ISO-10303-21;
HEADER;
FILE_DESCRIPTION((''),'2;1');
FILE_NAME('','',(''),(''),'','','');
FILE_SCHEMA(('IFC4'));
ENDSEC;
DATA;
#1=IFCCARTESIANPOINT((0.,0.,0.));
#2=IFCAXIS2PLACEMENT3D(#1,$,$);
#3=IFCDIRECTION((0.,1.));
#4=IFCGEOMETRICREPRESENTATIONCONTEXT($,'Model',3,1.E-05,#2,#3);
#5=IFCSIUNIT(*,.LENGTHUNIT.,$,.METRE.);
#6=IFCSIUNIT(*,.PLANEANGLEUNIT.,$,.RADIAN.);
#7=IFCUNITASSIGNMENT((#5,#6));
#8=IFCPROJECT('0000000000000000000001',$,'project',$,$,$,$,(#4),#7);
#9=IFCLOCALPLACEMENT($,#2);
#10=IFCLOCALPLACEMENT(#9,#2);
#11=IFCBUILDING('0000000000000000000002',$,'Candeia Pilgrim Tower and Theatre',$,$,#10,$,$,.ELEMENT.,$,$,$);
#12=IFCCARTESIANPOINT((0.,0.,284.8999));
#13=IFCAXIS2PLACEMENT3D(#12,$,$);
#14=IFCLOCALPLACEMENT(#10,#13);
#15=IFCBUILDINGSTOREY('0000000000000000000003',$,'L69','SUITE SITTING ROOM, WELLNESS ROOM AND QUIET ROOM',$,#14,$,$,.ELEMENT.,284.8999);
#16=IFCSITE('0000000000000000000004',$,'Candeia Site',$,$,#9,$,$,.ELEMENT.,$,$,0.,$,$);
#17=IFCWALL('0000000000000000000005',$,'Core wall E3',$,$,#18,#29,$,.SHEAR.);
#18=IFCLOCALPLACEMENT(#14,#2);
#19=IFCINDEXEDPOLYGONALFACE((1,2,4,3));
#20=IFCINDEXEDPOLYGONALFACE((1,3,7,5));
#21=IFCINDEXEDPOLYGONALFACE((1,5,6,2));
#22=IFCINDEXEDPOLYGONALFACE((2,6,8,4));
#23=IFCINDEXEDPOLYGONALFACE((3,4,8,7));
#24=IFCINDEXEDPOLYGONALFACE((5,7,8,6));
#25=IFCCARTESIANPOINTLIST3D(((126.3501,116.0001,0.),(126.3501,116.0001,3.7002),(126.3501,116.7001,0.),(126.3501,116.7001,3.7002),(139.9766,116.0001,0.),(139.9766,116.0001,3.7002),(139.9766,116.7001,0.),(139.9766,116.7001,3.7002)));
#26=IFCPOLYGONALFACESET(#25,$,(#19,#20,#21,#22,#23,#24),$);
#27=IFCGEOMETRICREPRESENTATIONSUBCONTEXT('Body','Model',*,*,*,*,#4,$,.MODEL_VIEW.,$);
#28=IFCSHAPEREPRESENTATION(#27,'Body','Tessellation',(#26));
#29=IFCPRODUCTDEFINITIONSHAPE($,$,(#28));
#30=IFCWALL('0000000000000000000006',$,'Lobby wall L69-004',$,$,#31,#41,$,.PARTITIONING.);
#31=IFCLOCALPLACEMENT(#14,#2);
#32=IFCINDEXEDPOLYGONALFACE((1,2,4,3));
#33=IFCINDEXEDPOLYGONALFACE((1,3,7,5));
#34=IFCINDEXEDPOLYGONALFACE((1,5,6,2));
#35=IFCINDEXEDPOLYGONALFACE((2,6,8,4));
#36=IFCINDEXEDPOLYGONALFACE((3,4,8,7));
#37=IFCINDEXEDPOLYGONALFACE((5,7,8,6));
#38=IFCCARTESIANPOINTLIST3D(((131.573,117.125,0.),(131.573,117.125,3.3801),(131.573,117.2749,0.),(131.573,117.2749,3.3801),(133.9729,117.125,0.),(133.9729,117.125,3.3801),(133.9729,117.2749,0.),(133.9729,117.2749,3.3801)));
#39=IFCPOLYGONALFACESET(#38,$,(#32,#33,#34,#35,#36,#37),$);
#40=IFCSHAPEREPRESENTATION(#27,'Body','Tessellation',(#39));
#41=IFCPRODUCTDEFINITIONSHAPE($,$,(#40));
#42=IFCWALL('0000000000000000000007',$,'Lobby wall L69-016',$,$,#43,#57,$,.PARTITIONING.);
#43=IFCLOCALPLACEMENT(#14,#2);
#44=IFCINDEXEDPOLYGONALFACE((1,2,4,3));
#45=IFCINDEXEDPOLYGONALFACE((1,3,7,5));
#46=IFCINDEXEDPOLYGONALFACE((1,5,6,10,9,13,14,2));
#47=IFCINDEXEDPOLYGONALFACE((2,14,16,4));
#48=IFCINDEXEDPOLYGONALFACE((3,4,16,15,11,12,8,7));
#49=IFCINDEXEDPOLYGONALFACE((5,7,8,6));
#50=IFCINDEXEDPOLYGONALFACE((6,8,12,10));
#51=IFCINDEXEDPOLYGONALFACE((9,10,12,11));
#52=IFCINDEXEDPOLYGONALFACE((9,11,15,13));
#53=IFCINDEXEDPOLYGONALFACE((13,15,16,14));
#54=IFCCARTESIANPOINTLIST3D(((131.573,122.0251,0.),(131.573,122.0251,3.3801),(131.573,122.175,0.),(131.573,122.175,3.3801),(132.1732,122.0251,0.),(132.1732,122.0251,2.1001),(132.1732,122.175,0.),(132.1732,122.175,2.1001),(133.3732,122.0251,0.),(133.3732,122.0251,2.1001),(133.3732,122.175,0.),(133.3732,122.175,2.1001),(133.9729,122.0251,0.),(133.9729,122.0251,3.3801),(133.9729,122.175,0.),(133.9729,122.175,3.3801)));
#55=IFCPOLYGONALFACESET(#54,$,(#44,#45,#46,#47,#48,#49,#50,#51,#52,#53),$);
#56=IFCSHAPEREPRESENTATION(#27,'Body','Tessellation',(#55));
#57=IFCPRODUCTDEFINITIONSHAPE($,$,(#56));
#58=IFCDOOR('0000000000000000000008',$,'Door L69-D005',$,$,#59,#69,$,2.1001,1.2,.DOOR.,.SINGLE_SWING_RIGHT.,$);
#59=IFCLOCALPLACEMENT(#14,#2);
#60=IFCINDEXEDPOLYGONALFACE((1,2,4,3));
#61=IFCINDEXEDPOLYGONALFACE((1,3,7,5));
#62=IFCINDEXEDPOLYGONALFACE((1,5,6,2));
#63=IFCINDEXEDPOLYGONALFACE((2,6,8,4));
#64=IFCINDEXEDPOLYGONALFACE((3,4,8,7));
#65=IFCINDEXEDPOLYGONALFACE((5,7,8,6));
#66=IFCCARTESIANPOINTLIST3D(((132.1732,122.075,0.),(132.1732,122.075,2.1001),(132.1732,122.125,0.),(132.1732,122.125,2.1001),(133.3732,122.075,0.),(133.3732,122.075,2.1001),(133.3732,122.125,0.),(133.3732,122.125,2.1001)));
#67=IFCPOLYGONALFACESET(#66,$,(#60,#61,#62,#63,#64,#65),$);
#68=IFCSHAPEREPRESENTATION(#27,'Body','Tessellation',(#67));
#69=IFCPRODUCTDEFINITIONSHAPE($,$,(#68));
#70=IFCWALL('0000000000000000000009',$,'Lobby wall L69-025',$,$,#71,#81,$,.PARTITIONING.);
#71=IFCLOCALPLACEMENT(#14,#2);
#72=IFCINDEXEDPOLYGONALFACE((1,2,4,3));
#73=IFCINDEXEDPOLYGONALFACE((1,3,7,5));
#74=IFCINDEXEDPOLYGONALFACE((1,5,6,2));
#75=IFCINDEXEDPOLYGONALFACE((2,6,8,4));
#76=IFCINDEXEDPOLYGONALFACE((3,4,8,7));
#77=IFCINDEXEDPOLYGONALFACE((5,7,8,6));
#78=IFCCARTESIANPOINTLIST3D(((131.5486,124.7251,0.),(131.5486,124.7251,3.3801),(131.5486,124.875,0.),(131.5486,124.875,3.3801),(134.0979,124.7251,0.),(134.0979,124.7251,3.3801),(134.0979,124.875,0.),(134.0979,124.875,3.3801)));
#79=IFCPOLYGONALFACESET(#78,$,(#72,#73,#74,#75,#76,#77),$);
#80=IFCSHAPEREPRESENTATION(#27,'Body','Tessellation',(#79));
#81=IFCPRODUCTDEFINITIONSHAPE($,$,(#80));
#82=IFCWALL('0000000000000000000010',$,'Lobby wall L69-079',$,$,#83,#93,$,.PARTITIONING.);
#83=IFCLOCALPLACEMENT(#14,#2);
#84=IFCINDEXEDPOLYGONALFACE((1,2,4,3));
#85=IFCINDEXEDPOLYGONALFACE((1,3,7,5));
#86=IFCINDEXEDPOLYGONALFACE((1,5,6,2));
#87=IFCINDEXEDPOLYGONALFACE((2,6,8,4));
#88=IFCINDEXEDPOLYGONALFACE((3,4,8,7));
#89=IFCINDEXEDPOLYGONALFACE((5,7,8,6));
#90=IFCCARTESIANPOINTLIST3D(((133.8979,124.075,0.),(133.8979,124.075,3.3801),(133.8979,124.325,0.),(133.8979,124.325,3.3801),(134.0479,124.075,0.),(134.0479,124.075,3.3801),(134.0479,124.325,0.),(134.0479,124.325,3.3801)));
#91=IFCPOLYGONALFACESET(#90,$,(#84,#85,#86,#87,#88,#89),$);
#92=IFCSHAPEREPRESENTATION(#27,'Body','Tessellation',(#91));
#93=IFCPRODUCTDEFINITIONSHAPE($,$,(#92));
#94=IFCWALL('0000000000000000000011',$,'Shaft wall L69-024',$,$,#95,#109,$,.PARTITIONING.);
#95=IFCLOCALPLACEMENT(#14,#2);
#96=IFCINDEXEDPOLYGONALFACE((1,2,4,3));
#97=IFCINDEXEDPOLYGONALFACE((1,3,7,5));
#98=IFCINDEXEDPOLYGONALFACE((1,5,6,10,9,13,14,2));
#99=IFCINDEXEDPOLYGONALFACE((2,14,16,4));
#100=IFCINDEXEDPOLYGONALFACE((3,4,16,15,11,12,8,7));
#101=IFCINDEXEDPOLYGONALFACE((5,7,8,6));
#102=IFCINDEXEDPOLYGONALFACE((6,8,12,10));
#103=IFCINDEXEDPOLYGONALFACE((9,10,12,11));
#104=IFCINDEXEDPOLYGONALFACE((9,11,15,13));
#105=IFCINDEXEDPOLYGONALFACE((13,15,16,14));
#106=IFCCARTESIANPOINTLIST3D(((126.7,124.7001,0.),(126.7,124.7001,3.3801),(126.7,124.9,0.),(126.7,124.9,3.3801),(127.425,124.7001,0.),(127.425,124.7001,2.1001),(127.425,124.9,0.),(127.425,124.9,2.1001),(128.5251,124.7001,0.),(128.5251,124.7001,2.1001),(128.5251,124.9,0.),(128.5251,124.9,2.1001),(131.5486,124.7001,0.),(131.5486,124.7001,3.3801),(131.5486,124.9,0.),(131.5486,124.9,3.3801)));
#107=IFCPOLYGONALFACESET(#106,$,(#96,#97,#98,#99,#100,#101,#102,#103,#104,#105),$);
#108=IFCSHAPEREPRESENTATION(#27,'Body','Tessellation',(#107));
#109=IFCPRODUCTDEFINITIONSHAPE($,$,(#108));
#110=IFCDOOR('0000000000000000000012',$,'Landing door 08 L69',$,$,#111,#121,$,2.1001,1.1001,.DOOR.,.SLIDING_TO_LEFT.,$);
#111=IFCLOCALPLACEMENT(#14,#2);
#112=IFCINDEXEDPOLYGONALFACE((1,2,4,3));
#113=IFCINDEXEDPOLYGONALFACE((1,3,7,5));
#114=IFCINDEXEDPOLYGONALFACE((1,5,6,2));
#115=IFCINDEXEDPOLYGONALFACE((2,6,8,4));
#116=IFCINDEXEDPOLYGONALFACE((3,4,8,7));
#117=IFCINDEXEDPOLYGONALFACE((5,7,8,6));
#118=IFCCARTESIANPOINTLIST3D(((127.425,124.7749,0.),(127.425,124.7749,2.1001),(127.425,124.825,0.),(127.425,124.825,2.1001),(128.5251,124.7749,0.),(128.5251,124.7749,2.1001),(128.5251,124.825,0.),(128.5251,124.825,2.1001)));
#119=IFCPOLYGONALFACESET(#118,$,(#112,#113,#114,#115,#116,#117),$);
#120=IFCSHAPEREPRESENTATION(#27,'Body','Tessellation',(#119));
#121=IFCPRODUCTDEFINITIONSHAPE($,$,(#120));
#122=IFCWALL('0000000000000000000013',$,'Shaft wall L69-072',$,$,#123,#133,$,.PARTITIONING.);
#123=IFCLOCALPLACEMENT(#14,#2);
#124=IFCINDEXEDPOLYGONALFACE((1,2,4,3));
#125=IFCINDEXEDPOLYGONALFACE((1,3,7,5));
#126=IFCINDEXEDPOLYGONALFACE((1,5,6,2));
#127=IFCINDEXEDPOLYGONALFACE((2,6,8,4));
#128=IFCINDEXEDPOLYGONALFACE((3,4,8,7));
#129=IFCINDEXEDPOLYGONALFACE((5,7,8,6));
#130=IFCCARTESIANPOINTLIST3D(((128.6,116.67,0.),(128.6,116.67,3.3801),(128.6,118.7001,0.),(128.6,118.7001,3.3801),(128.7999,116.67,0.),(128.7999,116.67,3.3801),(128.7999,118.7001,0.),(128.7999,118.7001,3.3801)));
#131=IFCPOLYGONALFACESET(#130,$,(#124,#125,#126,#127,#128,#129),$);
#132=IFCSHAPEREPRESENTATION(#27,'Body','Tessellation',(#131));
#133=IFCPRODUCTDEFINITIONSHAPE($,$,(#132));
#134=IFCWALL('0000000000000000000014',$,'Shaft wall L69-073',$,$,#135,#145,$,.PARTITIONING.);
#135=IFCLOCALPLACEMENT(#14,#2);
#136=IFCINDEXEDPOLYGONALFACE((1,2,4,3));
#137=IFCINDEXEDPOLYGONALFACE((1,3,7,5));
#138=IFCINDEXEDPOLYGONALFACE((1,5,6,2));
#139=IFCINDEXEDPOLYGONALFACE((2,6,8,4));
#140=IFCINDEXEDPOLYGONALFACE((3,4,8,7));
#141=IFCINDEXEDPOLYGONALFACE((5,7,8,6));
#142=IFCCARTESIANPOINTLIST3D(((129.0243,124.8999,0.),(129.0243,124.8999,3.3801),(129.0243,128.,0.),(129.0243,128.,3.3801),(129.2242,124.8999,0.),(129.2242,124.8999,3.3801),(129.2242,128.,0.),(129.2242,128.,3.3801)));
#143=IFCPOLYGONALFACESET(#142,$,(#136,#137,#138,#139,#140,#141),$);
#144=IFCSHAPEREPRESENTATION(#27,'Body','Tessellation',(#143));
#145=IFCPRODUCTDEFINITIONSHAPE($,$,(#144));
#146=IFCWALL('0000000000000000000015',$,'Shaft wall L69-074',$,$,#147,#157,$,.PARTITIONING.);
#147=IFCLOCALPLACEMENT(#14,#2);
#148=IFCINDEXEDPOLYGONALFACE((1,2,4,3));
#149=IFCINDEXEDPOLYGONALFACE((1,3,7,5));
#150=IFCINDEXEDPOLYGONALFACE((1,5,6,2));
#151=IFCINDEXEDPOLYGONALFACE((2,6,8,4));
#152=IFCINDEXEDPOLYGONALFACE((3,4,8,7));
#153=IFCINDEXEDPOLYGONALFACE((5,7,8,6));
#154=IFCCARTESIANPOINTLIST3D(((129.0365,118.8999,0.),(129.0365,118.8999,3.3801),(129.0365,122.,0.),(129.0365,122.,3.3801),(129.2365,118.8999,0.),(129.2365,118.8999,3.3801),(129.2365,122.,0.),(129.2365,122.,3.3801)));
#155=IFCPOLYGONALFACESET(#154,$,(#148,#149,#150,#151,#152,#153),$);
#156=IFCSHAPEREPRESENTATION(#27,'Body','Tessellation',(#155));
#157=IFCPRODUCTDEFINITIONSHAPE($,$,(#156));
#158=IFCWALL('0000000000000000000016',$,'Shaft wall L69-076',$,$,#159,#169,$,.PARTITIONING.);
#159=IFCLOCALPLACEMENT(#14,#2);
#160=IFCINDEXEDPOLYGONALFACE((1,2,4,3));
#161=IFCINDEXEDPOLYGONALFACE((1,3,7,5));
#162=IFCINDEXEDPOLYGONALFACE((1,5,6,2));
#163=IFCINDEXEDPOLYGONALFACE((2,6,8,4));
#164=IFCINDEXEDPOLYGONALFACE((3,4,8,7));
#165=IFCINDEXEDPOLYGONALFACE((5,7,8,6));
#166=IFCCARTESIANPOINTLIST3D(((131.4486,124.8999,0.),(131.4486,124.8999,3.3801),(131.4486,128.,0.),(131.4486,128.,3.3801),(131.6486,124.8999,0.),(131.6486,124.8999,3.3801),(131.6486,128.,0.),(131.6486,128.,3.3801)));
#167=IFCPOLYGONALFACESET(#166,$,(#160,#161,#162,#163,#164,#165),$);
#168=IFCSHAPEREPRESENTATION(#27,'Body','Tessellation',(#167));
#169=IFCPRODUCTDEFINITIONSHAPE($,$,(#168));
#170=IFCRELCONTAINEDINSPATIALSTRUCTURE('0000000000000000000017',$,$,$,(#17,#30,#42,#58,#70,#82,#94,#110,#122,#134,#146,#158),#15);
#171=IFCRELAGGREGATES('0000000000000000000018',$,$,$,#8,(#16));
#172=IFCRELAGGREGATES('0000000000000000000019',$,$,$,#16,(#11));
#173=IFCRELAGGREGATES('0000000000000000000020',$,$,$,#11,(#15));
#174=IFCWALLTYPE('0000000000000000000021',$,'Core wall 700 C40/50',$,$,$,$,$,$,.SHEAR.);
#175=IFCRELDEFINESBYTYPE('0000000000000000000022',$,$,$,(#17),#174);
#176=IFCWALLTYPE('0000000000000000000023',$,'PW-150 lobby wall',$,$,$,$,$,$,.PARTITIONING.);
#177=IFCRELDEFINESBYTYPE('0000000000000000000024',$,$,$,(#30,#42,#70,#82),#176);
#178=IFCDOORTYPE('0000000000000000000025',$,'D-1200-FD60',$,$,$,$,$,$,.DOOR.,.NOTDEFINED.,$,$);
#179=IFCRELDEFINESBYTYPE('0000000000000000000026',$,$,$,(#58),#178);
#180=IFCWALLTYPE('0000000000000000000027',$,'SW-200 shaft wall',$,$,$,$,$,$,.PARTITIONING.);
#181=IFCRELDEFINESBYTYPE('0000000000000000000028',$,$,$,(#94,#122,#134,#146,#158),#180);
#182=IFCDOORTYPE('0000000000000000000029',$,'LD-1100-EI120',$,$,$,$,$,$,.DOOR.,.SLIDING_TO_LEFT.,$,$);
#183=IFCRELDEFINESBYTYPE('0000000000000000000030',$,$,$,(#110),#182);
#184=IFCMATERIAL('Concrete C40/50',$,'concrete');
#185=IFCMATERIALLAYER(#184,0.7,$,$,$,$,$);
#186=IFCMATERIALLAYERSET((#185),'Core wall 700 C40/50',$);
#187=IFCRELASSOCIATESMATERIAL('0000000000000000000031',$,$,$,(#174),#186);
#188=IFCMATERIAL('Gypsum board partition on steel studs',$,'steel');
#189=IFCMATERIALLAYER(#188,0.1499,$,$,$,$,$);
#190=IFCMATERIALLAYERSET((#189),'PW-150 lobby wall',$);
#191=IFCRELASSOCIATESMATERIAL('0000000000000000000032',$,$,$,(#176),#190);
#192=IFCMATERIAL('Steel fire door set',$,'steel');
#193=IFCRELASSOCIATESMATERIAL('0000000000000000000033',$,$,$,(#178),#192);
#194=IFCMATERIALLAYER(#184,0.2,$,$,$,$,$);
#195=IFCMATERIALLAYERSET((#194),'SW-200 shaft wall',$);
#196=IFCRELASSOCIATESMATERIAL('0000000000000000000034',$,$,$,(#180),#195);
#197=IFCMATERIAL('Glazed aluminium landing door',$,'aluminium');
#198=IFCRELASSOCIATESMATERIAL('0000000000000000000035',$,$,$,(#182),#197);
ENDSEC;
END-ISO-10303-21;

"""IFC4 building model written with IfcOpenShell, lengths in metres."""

from ifc_helpers import new_model, si_unit, direction, frame, frame_2d, origin, place, context, subcontext, project, spatial, rectangle, extrude, material, layer, layer_set, type_object, element, fill, save


model = new_model("IFC4")

# Units and contexts
model_context = context("Model", 3, precision=1e-05, world=origin(), true_north=direction((0.0, 1.0)))
body_context = subcontext(model_context, "Body", "Model", "MODEL_VIEW")
ifc_project = project(units=[si_unit("LENGTHUNIT", "METRE"), si_unit("PLANEANGLEUNIT", "RADIAN")], contexts=[model_context])

# Site, building, storey
site_placement = place(None, origin())
site = spatial("IfcSite", under=ifc_project, at=site_placement, Name="Candeia Site", CompositionType="ELEMENT", RefElevation=0.0)
building_placement = place(site_placement, origin())
building = spatial("IfcBuilding", under=site, at=building_placement, Name="Candeia Pilgrim Tower and Theatre", CompositionType="ELEMENT")
storey_placement = place(building_placement, frame((0.0, 0.0, 284.8999)))
storey = spatial("IfcBuildingStorey", under=building, at=storey_placement, Name="L69", Description="SUITE SITTING ROOM, WELLNESS ROOM AND QUIET ROOM", CompositionType="ELEMENT", Elevation=284.8999)

# Walls
ifc_material_1 = material(Name="Concrete C40/50", Category="concrete")
ifc_layer_1 = layer(ifc_material_1, 0.7)
ifc_layer_set_1 = layer_set([ifc_layer_1], Name="Core wall 700 C40/50")
wall_type_1 = type_object("IfcWallType", Name="Core wall 700 C40/50", PredefinedType="SHEAR", material=ifc_layer_set_1)
wall_1_placement = place(storey_placement, frame((139.9766, 116.3501, 0.0), z_axis=(0.0, 0.0, 1.0), x_axis=(-1.0, 0.0, 0.0)))
element("IfcWall", 1, at=wall_1_placement, inside=storey, type_object=wall_type_1, Name="Core wall E3", PredefinedType="SHEAR", context=body_context, shape_type="SweptSolid", body=[
    extrude(rectangle(XDim=13.6265, YDim=0.7, at=frame_2d((6.8132, 0.0))), origin(), (0.0, 0.0, 1.0), 3.7002),
])
ifc_material_2 = material(Name="Gypsum board partition on steel studs", Category="steel")
ifc_layer_2 = layer(ifc_material_2, 0.1499)
ifc_layer_set_2 = layer_set([ifc_layer_2], Name="PW-150 lobby wall")
wall_type_2 = type_object("IfcWallType", Name="PW-150 lobby wall", PredefinedType="PARTITIONING", material=ifc_layer_set_2)
wall_2_placement = place(storey_placement, frame((131.573, 117.2, 0.0), z_axis=(0.0, 0.0, 1.0), x_axis=(1.0, 0.0, 0.0)))
element("IfcWall", 2, at=wall_2_placement, inside=storey, type_object=wall_type_2, Name="Lobby wall L69-004", PredefinedType="PARTITIONING", context=body_context, shape_type="SweptSolid", body=[
    extrude(rectangle(XDim=2.3999, YDim=0.1499, at=frame_2d((1.2, 0.0))), origin(), (0.0, 0.0, 1.0), 3.3801),
])

# Wall, opening, door
wall_3_placement = place(storey_placement, frame((131.573, 122.1001, 0.0), z_axis=(0.0, 0.0, 1.0), x_axis=(1.0, 0.0, 0.0)))
wall_3 = element("IfcWall", 3, at=wall_3_placement, inside=storey, type_object=wall_type_2, Name="Lobby wall L69-016", PredefinedType="PARTITIONING", context=body_context, shape_type="SweptSolid", body=[
    extrude(rectangle(XDim=2.3999, YDim=0.1499, at=frame_2d((1.2, 0.0))), origin(), (0.0, 0.0, 1.0), 3.3801),
])
opening_1_placement = place(wall_3_placement, frame((0.6001, 0.0, 0.0)))
opening_1 = element("IfcOpeningElement", 4, at=opening_1_placement, cuts=wall_3, PredefinedType="OPENING", context=body_context, shape_type="SweptSolid", body=[
    extrude(rectangle(XDim=1.2, YDim=2.1001, at=frame_2d((0.6001, 1.05))), frame((0.0, 0.085, 0.0), z_axis=(0.0, -1.0, 0.0), x_axis=(1.0, 0.0, 0.0)), (0.0, 0.0, 1.0), 0.1699),
])
ifc_material_3 = material(Name="Steel fire door set", Category="steel")
door_type_1 = type_object("IfcDoorType", Name="D-1200-FD60", OperationType="NOTDEFINED", PredefinedType="DOOR", material=ifc_material_3)
door_1_placement = place(opening_1_placement, origin())
door_1 = element("IfcDoor", 5, at=door_1_placement, inside=storey, type_object=door_type_1, Name="Door L69-D005", OperationType="SINGLE_SWING_RIGHT", OverallHeight=2.1001, OverallWidth=1.2, PredefinedType="DOOR", context=body_context, shape_type="SweptSolid", body=[
    extrude(rectangle(XDim=1.2, YDim=2.1001, at=frame_2d((0.6001, 1.05))), frame((0.0, 0.0249, 0.0), z_axis=(0.0, -1.0, 0.0), x_axis=(1.0, 0.0, 0.0)), (0.0, 0.0, 1.0), 0.05),
])
fill(opening_1, door_1)

# Walls
wall_4_placement = place(storey_placement, frame((131.5486, 124.8, 0.0), z_axis=(0.0, 0.0, 1.0), x_axis=(1.0, 0.0, 0.0)))
element("IfcWall", 6, at=wall_4_placement, inside=storey, type_object=wall_type_2, Name="Lobby wall L69-025", PredefinedType="PARTITIONING", context=body_context, shape_type="SweptSolid", body=[
    extrude(rectangle(XDim=2.5493, YDim=0.1499, at=frame_2d((1.2747, 0.0))), origin(), (0.0, 0.0, 1.0), 3.3801),
])
wall_5_placement = place(storey_placement, frame((133.9729, 124.075, 0.0), z_axis=(0.0, 0.0, 1.0), x_axis=(0.0, 1.0, 0.0)))
element("IfcWall", 7, at=wall_5_placement, inside=storey, type_object=wall_type_2, Name="Lobby wall L69-079", PredefinedType="PARTITIONING", context=body_context, shape_type="SweptSolid", body=[
    extrude(rectangle(XDim=0.25, YDim=0.1499, at=frame_2d((0.125, 0.0))), origin(), (0.0, 0.0, 1.0), 3.3801),
])

# Wall, opening, door
ifc_layer_3 = layer(ifc_material_1, 0.2)
ifc_layer_set_3 = layer_set([ifc_layer_3], Name="SW-200 shaft wall")
wall_type_3 = type_object("IfcWallType", Name="SW-200 shaft wall", PredefinedType="PARTITIONING", material=ifc_layer_set_3)
wall_6_placement = place(storey_placement, frame((126.7, 124.8, 0.0), z_axis=(0.0, 0.0, 1.0), x_axis=(1.0, 0.0, 0.0)))
wall_6 = element("IfcWall", 8, at=wall_6_placement, inside=storey, type_object=wall_type_3, Name="Shaft wall L69-024", PredefinedType="PARTITIONING", context=body_context, shape_type="SweptSolid", body=[
    extrude(rectangle(XDim=4.8486, YDim=0.2, at=frame_2d((2.4243, 0.0))), origin(), (0.0, 0.0, 1.0), 3.3801),
])
opening_2_placement = place(wall_6_placement, frame((0.7251, 0.0, 0.0)))
opening_2 = element("IfcOpeningElement", 9, at=opening_2_placement, cuts=wall_6, PredefinedType="OPENING", context=body_context, shape_type="SweptSolid", body=[
    extrude(rectangle(XDim=1.1001, YDim=2.1001, at=frame_2d((0.55, 1.05))), frame((0.0, 0.1099, 0.0), z_axis=(0.0, -1.0, 0.0), x_axis=(1.0, 0.0, 0.0)), (0.0, 0.0, 1.0), 0.22),
])
ifc_material_4 = material(Name="Glazed aluminium landing door", Category="aluminium")
door_type_2 = type_object("IfcDoorType", Name="LD-1100-EI120", OperationType="SLIDING_TO_LEFT", PredefinedType="DOOR", material=ifc_material_4)
door_2_placement = place(opening_2_placement, origin())
door_2 = element("IfcDoor", 10, at=door_2_placement, inside=storey, type_object=door_type_2, Name="Landing door 08 L69", OperationType="SLIDING_TO_LEFT", OverallHeight=2.1001, OverallWidth=1.1001, PredefinedType="DOOR", context=body_context, shape_type="SweptSolid", body=[
    extrude(rectangle(XDim=1.1001, YDim=2.1001, at=frame_2d((0.55, 1.05))), frame((0.0, 0.0249, 0.0), z_axis=(0.0, -1.0, 0.0), x_axis=(1.0, 0.0, 0.0)), (0.0, 0.0, 1.0), 0.05),
])
fill(opening_2, door_2)

# Walls
wall_7_placement = place(storey_placement, frame((128.7, 116.6699, 0.0), z_axis=(0.0, 0.0, 1.0), x_axis=(0.0, 1.0, 0.0)))
element("IfcWall", 11, at=wall_7_placement, inside=storey, type_object=wall_type_3, Name="Shaft wall L69-072", PredefinedType="PARTITIONING", context=body_context, shape_type="SweptSolid", body=[
    extrude(rectangle(XDim=2.03, YDim=0.2, at=frame_2d((1.0151, 0.0))), origin(), (0.0, 0.0, 1.0), 3.3801),
])
for number, where, z_axis, x_axis, name in (
    (12, (129.1243, 124.8999, 0.0), (0.0, 0.0, 1.0), (0.0, 1.0, 0.0), "Shaft wall L69-073"),
    (13, (129.1365, 118.8999, 0.0), (0.0, 0.0, 1.0), (0.0, 1.0, 0.0), "Shaft wall L69-074"),
    (14, (131.5486, 124.8999, 0.0), (0.0, 0.0, 1.0), (0.0, 1.0, 0.0), "Shaft wall L69-076"),
):
    element("IfcWall", number, at=place(storey_placement, frame(where, z_axis=z_axis, x_axis=x_axis)), inside=storey, type_object=wall_type_3, Name=name, PredefinedType="PARTITIONING", context=body_context, shape_type="SweptSolid", body=[
        extrude(rectangle(XDim=3.1001, YDim=0.2, at=frame_2d((1.55, 0.0))), origin(), (0.0, 0.0, 1.0), 3.3801),
    ])

save(model, "model.ifc")
